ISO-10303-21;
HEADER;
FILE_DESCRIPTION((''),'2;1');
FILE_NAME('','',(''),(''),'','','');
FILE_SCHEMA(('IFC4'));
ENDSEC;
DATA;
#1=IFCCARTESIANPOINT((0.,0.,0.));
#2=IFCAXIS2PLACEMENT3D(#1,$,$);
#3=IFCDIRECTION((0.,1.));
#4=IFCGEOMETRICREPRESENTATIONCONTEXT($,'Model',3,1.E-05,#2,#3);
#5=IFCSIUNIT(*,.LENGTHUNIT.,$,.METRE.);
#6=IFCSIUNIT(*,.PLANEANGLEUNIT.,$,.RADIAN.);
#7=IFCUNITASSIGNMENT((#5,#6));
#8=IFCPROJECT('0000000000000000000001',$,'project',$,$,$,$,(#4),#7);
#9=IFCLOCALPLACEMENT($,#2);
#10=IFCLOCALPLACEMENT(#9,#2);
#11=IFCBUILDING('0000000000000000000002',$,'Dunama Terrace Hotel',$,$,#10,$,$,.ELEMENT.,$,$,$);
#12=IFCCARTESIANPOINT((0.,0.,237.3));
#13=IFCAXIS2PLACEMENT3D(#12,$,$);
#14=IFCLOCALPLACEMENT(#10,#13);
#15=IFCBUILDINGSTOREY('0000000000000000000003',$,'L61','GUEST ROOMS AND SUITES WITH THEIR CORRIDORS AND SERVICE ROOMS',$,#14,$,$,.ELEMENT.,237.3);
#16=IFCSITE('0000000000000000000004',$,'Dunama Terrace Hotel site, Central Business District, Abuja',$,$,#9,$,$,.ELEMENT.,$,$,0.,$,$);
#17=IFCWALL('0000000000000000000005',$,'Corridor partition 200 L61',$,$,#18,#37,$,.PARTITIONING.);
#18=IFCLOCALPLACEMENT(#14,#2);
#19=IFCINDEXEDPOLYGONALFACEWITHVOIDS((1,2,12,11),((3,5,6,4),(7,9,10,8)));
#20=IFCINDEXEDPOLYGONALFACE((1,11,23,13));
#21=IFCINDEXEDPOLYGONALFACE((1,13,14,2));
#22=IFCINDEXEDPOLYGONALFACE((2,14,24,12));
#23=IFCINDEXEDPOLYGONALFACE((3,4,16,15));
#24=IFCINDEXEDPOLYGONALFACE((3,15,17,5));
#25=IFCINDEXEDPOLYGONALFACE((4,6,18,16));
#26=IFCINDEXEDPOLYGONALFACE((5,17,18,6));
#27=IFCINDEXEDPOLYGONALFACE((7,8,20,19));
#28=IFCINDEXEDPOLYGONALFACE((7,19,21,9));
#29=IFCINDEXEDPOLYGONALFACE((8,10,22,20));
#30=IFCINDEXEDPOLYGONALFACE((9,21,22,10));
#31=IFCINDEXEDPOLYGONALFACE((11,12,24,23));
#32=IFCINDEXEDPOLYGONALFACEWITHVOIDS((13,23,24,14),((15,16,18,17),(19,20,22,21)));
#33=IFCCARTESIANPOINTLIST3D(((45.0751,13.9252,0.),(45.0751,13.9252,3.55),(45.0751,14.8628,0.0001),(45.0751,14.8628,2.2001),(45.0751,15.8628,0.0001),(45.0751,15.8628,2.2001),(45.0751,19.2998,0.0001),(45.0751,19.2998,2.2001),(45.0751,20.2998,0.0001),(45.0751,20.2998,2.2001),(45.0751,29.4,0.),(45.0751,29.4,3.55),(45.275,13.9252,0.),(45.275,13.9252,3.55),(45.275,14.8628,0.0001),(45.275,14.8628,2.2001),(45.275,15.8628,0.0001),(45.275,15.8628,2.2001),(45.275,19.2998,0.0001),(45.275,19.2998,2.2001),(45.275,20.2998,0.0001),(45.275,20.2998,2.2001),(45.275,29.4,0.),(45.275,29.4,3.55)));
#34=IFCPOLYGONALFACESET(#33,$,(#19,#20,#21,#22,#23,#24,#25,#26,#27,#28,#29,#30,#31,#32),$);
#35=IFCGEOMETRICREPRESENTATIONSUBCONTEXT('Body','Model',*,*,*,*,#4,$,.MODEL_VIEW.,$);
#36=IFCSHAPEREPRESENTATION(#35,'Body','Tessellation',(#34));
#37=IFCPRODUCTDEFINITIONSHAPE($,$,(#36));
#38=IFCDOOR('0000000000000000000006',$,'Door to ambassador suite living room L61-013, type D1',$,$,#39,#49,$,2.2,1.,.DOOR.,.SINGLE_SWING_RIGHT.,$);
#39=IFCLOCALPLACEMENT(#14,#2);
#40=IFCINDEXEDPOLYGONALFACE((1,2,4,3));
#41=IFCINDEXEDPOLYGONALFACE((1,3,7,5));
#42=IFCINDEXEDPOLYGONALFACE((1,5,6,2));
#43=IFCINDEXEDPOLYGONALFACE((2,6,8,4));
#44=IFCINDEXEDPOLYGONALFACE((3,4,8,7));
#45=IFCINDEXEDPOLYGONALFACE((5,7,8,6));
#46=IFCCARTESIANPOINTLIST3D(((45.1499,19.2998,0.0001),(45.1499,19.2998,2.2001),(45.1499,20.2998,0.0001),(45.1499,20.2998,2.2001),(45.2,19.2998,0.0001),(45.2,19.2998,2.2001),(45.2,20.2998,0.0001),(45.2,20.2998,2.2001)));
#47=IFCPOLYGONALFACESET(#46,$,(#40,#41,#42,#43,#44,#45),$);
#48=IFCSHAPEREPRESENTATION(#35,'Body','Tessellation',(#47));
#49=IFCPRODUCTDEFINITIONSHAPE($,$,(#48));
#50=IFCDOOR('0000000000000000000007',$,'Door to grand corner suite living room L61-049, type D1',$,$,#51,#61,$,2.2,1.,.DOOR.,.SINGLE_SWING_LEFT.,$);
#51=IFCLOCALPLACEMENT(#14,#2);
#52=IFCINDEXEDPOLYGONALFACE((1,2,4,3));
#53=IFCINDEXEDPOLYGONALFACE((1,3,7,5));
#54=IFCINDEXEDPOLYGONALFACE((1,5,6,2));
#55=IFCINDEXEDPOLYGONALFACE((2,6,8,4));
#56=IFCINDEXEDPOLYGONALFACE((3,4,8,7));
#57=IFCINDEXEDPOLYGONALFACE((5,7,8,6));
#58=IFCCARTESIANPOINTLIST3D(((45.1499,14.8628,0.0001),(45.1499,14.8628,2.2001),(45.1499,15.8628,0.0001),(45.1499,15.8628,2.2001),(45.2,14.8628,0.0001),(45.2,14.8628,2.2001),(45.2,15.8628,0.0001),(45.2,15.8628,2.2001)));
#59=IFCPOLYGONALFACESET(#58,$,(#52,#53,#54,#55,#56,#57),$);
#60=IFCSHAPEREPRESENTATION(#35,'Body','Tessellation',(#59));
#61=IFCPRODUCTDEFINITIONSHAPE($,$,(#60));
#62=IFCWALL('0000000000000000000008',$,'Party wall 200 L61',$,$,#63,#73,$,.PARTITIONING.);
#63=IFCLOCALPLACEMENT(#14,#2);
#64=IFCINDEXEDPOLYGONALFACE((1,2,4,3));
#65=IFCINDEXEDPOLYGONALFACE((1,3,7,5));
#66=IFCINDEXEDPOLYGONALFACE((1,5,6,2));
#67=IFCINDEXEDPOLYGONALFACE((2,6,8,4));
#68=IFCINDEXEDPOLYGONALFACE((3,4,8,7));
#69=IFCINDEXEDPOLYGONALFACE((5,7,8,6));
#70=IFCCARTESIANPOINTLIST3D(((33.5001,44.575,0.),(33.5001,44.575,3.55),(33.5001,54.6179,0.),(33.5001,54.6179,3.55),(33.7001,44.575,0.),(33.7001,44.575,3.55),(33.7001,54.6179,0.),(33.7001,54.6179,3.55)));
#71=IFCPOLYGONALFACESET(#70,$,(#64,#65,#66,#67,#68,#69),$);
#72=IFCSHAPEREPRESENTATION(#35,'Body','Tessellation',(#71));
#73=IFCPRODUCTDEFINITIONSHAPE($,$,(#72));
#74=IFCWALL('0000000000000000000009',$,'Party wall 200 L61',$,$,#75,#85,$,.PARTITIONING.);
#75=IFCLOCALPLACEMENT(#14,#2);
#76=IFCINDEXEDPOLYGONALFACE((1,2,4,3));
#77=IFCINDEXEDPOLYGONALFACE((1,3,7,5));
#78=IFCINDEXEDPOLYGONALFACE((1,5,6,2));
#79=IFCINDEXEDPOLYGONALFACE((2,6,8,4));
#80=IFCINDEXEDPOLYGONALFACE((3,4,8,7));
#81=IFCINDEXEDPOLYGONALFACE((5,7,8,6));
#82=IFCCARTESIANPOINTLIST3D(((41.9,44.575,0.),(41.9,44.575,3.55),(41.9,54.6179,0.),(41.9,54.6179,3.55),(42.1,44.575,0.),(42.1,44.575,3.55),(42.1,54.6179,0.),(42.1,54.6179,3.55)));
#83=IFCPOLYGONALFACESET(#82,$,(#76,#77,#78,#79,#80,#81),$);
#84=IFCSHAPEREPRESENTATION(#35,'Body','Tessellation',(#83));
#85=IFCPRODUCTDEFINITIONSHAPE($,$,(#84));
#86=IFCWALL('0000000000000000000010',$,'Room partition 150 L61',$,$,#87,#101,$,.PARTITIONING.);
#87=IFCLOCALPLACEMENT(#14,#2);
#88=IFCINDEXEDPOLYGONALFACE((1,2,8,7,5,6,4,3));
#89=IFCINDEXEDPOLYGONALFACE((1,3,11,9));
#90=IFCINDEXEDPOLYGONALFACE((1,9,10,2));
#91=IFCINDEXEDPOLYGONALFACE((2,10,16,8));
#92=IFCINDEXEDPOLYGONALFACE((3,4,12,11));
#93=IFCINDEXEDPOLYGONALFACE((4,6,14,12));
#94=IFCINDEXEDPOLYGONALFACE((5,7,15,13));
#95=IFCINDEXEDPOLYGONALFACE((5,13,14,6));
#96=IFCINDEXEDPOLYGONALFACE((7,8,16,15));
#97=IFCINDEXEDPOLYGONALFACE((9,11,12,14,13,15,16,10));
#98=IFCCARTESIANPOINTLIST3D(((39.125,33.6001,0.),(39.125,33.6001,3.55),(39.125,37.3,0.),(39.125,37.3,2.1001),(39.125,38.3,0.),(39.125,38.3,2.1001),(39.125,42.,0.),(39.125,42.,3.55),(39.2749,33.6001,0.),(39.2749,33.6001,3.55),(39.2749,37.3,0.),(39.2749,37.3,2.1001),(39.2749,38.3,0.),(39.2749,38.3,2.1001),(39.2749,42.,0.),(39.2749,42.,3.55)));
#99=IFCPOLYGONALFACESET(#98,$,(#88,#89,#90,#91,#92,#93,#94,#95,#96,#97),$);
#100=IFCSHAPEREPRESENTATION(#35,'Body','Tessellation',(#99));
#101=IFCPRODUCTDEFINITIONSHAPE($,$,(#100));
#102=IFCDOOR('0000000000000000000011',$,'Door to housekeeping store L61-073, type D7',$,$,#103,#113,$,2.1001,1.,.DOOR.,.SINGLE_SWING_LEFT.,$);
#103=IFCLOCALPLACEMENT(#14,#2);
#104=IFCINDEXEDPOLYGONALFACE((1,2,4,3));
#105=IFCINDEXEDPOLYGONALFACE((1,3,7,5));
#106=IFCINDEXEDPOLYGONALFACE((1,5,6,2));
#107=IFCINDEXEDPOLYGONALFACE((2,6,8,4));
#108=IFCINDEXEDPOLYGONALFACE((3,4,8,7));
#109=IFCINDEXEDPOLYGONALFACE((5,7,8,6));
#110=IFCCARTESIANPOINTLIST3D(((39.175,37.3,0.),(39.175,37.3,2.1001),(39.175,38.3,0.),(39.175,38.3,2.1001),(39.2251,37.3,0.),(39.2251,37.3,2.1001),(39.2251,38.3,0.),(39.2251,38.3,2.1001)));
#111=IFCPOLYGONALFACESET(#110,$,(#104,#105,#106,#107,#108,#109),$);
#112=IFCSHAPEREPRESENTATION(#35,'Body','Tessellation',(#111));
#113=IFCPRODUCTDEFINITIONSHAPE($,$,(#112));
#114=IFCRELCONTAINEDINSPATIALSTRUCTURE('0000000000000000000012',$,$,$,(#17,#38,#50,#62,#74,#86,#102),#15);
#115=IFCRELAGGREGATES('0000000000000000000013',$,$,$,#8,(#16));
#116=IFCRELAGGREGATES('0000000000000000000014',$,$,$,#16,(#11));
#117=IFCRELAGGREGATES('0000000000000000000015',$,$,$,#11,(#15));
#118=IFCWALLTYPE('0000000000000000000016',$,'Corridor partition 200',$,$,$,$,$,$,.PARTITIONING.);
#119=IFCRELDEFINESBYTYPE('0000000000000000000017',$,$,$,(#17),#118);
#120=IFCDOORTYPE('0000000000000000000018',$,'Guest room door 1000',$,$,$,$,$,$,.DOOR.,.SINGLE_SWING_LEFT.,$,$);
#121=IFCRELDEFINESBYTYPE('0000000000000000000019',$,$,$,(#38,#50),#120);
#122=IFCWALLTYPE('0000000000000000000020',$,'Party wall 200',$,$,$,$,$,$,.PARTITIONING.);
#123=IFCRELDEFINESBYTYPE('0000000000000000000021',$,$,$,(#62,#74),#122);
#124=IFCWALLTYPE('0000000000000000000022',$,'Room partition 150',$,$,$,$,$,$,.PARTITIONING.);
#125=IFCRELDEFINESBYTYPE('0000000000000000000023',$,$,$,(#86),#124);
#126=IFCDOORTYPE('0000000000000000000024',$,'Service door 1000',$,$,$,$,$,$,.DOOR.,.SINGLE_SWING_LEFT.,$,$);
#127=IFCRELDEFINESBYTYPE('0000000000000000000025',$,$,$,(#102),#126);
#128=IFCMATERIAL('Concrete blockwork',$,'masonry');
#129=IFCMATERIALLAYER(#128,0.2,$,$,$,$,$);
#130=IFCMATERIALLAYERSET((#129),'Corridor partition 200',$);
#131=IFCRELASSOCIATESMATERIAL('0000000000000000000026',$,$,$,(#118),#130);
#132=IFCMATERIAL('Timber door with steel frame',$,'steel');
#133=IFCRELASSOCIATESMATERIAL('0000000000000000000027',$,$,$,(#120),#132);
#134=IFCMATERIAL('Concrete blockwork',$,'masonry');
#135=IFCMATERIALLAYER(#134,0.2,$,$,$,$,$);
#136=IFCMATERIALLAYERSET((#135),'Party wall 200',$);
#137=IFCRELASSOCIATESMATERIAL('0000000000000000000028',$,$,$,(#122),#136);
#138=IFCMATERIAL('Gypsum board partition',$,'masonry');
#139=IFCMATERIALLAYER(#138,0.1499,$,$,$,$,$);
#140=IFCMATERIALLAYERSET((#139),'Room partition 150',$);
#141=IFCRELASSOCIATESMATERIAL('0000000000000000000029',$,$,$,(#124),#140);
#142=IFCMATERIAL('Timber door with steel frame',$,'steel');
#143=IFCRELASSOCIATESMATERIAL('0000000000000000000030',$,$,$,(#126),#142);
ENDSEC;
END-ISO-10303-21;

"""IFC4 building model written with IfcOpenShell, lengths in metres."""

from ifc_helpers import new_model, si_unit, direction, frame, frame_2d, origin, place, context, subcontext, project, spatial, rectangle, extrude, material, layer, layer_set, type_object, element, fill, save


model = new_model("IFC4")

# Units and contexts
model_context = context("Model", 3, precision=1e-05, world=origin(), true_north=direction((0.0, 1.0)))
body_context = subcontext(model_context, "Body", "Model", "MODEL_VIEW")
ifc_project = project(units=[si_unit("LENGTHUNIT", "METRE"), si_unit("PLANEANGLEUNIT", "RADIAN")], contexts=[model_context])

# Site, building, storey
site_placement = place(None, origin())
site = spatial("IfcSite", under=ifc_project, at=site_placement, Name="Dunama Terrace Hotel site, Central Business District, Abuja", CompositionType="ELEMENT", RefElevation=0.0)
building_placement = place(site_placement, origin())
building = spatial("IfcBuilding", under=site, at=building_placement, Name="Dunama Terrace Hotel", CompositionType="ELEMENT")
storey_placement = place(building_placement, frame((0.0, 0.0, 237.3)))
storey = spatial("IfcBuildingStorey", under=building, at=storey_placement, Name="L61", Description="GUEST ROOMS AND SUITES WITH THEIR CORRIDORS AND SERVICE ROOMS", CompositionType="ELEMENT", Elevation=237.3)

# Shared definitions
ifc_material_1 = material(Name="Concrete blockwork", Category="masonry")
ifc_layer_1 = layer(ifc_material_1, 0.2)
ifc_layer_set_1 = layer_set([ifc_layer_1], Name="Corridor partition 200")
wall_type_1 = type_object("IfcWallType", Name="Corridor partition 200", PredefinedType="PARTITIONING", material=ifc_layer_set_1)

# Wall, openings, doors
wall_1_placement = place(storey_placement, frame((45.175, 29.3999, 0.0), z_axis=(0.0, 0.0, 1.0), x_axis=(0.0, -1.0, 0.0)))
wall_1 = element("IfcWall", 1, at=wall_1_placement, inside=storey, type_object=wall_type_1, Name="Corridor partition 200 L61", PredefinedType="PARTITIONING", context=body_context, shape_type="SweptSolid", body=[
    extrude(rectangle(XDim=15.4749, YDim=0.2, at=frame_2d((7.7373, 0.0))), origin(), (0.0, 0.0, 1.0), 3.55),
])
opening_1_placement = place(wall_1_placement, frame((9.1001, 0.0, 0.0)))
opening_1 = element("IfcOpeningElement", 2, at=opening_1_placement, cuts=wall_1, PredefinedType="OPENING", context=body_context, shape_type="SweptSolid", body=[
    extrude(rectangle(XDim=1.0, YDim=2.2, at=frame_2d((0.5, 1.1001))), frame((0.0, 0.1099, 0.0), z_axis=(0.0, -1.0, 0.0), x_axis=(1.0, 0.0, 0.0)), (0.0, 0.0, 1.0), 0.22),
])
opening_2_placement = place(wall_1_placement, frame((13.5371, 0.0, 0.0)))
opening_2 = element("IfcOpeningElement", 3, at=opening_2_placement, cuts=wall_1, PredefinedType="OPENING", context=body_context, shape_type="SweptSolid", body=[
    extrude(rectangle(XDim=1.0, YDim=2.2, at=frame_2d((0.5, 1.1001))), frame((0.0, 0.1099, 0.0), z_axis=(0.0, -1.0, 0.0), x_axis=(1.0, 0.0, 0.0)), (0.0, 0.0, 1.0), 0.22),
])
ifc_material_2 = material(Name="Timber door with steel frame", Category="steel")
door_type_1 = type_object("IfcDoorType", Name="Guest room door 1000", OperationType="SINGLE_SWING_LEFT", PredefinedType="DOOR", material=ifc_material_2)
door_1_placement = place(opening_1_placement, origin())
door_1 = element("IfcDoor", 4, at=door_1_placement, inside=storey, type_object=door_type_1, Name="Door to ambassador suite living room L61-013, type D1", OperationType="SINGLE_SWING_RIGHT", OverallHeight=2.2, OverallWidth=1.0, PredefinedType="DOOR", context=body_context, shape_type="SweptSolid", body=[
    extrude(rectangle(XDim=1.0, YDim=2.2, at=frame_2d((0.5, 1.1001))), frame((0.0, 0.0249, 0.0), z_axis=(0.0, -1.0, 0.0), x_axis=(1.0, 0.0, 0.0)), (0.0, 0.0, 1.0), 0.05),
])
fill(opening_1, door_1)
door_2_placement = place(opening_2_placement, origin())
door_2 = element("IfcDoor", 5, at=door_2_placement, inside=storey, type_object=door_type_1, Name="Door to grand corner suite living room L61-049, type D1", OperationType="SINGLE_SWING_LEFT", OverallHeight=2.2, OverallWidth=1.0, PredefinedType="DOOR", context=body_context, shape_type="SweptSolid", body=[
    extrude(rectangle(XDim=1.0, YDim=2.2, at=frame_2d((0.5, 1.1001))), frame((0.0, 0.0249, 0.0), z_axis=(0.0, -1.0, 0.0), x_axis=(1.0, 0.0, 0.0)), (0.0, 0.0, 1.0), 0.05),
])
fill(opening_2, door_2)

# Walls
ifc_material_3 = material(Name="Concrete blockwork", Category="masonry")
ifc_layer_2 = layer(ifc_material_3, 0.2)
ifc_layer_set_2 = layer_set([ifc_layer_2], Name="Party wall 200")
wall_type_2 = type_object("IfcWallType", Name="Party wall 200", PredefinedType="PARTITIONING", material=ifc_layer_set_2)
for number, where, z_axis, x_axis, name in (
    (6, (33.6001, 44.575, 0.0), (0.0, 0.0, 1.0), (0.0, 1.0, 0.0), "Party wall 200 L61"),
    (7, (42.0, 44.575, 0.0), (0.0, 0.0, 1.0), (0.0, 1.0, 0.0), "Party wall 200 L61"),
):
    element("IfcWall", number, at=place(storey_placement, frame(where, z_axis=z_axis, x_axis=x_axis)), inside=storey, type_object=wall_type_2, Name=name, PredefinedType="PARTITIONING", context=body_context, shape_type="SweptSolid", body=[
        extrude(rectangle(XDim=10.043, YDim=0.2, at=frame_2d((5.0215, 0.0))), origin(), (0.0, 0.0, 1.0), 3.55),
    ])

# Wall, opening, door
ifc_material_4 = material(Name="Gypsum board partition", Category="masonry")
ifc_layer_3 = layer(ifc_material_4, 0.1499)
ifc_layer_set_3 = layer_set([ifc_layer_3], Name="Room partition 150")
wall_type_3 = type_object("IfcWallType", Name="Room partition 150", PredefinedType="PARTITIONING", material=ifc_layer_set_3)
wall_2_placement = place(storey_placement, frame((39.2, 33.6001, 0.0), z_axis=(0.0, 0.0, 1.0), x_axis=(0.0, 1.0, 0.0)))
wall_2 = element("IfcWall", 8, at=wall_2_placement, inside=storey, type_object=wall_type_3, Name="Room partition 150 L61", PredefinedType="PARTITIONING", context=body_context, shape_type="SweptSolid", body=[
    extrude(rectangle(XDim=8.3999, YDim=0.1499, at=frame_2d((4.2, 0.0))), origin(), (0.0, 0.0, 1.0), 3.55),
])
opening_3_placement = place(wall_2_placement, frame((3.7, 0.0, 0.0)))
opening_3 = element("IfcOpeningElement", 9, at=opening_3_placement, cuts=wall_2, PredefinedType="OPENING", context=body_context, shape_type="SweptSolid", body=[
    extrude(rectangle(XDim=1.0, YDim=2.1001, at=frame_2d((0.5, 1.05))), frame((0.0, 0.085, 0.0), z_axis=(0.0, -1.0, 0.0), x_axis=(1.0, 0.0, 0.0)), (0.0, 0.0, 1.0), 0.1699),
])
ifc_material_5 = material(Name="Timber door with steel frame", Category="steel")
door_type_2 = type_object("IfcDoorType", Name="Service door 1000", OperationType="SINGLE_SWING_LEFT", PredefinedType="DOOR", material=ifc_material_5)
door_3_placement = place(opening_3_placement, origin())
door_3 = element("IfcDoor", 10, at=door_3_placement, inside=storey, type_object=door_type_2, Name="Door to housekeeping store L61-073, type D7", OperationType="SINGLE_SWING_LEFT", OverallHeight=2.1001, OverallWidth=1.0, PredefinedType="DOOR", context=body_context, shape_type="SweptSolid", body=[
    extrude(rectangle(XDim=1.0, YDim=2.1001, at=frame_2d((0.5, 1.05))), frame((0.0, 0.0249, 0.0), z_axis=(0.0, -1.0, 0.0), x_axis=(1.0, 0.0, 0.0)), (0.0, 0.0, 1.0), 0.05),
])
fill(opening_3, door_3)

save(model, "model.ifc")
